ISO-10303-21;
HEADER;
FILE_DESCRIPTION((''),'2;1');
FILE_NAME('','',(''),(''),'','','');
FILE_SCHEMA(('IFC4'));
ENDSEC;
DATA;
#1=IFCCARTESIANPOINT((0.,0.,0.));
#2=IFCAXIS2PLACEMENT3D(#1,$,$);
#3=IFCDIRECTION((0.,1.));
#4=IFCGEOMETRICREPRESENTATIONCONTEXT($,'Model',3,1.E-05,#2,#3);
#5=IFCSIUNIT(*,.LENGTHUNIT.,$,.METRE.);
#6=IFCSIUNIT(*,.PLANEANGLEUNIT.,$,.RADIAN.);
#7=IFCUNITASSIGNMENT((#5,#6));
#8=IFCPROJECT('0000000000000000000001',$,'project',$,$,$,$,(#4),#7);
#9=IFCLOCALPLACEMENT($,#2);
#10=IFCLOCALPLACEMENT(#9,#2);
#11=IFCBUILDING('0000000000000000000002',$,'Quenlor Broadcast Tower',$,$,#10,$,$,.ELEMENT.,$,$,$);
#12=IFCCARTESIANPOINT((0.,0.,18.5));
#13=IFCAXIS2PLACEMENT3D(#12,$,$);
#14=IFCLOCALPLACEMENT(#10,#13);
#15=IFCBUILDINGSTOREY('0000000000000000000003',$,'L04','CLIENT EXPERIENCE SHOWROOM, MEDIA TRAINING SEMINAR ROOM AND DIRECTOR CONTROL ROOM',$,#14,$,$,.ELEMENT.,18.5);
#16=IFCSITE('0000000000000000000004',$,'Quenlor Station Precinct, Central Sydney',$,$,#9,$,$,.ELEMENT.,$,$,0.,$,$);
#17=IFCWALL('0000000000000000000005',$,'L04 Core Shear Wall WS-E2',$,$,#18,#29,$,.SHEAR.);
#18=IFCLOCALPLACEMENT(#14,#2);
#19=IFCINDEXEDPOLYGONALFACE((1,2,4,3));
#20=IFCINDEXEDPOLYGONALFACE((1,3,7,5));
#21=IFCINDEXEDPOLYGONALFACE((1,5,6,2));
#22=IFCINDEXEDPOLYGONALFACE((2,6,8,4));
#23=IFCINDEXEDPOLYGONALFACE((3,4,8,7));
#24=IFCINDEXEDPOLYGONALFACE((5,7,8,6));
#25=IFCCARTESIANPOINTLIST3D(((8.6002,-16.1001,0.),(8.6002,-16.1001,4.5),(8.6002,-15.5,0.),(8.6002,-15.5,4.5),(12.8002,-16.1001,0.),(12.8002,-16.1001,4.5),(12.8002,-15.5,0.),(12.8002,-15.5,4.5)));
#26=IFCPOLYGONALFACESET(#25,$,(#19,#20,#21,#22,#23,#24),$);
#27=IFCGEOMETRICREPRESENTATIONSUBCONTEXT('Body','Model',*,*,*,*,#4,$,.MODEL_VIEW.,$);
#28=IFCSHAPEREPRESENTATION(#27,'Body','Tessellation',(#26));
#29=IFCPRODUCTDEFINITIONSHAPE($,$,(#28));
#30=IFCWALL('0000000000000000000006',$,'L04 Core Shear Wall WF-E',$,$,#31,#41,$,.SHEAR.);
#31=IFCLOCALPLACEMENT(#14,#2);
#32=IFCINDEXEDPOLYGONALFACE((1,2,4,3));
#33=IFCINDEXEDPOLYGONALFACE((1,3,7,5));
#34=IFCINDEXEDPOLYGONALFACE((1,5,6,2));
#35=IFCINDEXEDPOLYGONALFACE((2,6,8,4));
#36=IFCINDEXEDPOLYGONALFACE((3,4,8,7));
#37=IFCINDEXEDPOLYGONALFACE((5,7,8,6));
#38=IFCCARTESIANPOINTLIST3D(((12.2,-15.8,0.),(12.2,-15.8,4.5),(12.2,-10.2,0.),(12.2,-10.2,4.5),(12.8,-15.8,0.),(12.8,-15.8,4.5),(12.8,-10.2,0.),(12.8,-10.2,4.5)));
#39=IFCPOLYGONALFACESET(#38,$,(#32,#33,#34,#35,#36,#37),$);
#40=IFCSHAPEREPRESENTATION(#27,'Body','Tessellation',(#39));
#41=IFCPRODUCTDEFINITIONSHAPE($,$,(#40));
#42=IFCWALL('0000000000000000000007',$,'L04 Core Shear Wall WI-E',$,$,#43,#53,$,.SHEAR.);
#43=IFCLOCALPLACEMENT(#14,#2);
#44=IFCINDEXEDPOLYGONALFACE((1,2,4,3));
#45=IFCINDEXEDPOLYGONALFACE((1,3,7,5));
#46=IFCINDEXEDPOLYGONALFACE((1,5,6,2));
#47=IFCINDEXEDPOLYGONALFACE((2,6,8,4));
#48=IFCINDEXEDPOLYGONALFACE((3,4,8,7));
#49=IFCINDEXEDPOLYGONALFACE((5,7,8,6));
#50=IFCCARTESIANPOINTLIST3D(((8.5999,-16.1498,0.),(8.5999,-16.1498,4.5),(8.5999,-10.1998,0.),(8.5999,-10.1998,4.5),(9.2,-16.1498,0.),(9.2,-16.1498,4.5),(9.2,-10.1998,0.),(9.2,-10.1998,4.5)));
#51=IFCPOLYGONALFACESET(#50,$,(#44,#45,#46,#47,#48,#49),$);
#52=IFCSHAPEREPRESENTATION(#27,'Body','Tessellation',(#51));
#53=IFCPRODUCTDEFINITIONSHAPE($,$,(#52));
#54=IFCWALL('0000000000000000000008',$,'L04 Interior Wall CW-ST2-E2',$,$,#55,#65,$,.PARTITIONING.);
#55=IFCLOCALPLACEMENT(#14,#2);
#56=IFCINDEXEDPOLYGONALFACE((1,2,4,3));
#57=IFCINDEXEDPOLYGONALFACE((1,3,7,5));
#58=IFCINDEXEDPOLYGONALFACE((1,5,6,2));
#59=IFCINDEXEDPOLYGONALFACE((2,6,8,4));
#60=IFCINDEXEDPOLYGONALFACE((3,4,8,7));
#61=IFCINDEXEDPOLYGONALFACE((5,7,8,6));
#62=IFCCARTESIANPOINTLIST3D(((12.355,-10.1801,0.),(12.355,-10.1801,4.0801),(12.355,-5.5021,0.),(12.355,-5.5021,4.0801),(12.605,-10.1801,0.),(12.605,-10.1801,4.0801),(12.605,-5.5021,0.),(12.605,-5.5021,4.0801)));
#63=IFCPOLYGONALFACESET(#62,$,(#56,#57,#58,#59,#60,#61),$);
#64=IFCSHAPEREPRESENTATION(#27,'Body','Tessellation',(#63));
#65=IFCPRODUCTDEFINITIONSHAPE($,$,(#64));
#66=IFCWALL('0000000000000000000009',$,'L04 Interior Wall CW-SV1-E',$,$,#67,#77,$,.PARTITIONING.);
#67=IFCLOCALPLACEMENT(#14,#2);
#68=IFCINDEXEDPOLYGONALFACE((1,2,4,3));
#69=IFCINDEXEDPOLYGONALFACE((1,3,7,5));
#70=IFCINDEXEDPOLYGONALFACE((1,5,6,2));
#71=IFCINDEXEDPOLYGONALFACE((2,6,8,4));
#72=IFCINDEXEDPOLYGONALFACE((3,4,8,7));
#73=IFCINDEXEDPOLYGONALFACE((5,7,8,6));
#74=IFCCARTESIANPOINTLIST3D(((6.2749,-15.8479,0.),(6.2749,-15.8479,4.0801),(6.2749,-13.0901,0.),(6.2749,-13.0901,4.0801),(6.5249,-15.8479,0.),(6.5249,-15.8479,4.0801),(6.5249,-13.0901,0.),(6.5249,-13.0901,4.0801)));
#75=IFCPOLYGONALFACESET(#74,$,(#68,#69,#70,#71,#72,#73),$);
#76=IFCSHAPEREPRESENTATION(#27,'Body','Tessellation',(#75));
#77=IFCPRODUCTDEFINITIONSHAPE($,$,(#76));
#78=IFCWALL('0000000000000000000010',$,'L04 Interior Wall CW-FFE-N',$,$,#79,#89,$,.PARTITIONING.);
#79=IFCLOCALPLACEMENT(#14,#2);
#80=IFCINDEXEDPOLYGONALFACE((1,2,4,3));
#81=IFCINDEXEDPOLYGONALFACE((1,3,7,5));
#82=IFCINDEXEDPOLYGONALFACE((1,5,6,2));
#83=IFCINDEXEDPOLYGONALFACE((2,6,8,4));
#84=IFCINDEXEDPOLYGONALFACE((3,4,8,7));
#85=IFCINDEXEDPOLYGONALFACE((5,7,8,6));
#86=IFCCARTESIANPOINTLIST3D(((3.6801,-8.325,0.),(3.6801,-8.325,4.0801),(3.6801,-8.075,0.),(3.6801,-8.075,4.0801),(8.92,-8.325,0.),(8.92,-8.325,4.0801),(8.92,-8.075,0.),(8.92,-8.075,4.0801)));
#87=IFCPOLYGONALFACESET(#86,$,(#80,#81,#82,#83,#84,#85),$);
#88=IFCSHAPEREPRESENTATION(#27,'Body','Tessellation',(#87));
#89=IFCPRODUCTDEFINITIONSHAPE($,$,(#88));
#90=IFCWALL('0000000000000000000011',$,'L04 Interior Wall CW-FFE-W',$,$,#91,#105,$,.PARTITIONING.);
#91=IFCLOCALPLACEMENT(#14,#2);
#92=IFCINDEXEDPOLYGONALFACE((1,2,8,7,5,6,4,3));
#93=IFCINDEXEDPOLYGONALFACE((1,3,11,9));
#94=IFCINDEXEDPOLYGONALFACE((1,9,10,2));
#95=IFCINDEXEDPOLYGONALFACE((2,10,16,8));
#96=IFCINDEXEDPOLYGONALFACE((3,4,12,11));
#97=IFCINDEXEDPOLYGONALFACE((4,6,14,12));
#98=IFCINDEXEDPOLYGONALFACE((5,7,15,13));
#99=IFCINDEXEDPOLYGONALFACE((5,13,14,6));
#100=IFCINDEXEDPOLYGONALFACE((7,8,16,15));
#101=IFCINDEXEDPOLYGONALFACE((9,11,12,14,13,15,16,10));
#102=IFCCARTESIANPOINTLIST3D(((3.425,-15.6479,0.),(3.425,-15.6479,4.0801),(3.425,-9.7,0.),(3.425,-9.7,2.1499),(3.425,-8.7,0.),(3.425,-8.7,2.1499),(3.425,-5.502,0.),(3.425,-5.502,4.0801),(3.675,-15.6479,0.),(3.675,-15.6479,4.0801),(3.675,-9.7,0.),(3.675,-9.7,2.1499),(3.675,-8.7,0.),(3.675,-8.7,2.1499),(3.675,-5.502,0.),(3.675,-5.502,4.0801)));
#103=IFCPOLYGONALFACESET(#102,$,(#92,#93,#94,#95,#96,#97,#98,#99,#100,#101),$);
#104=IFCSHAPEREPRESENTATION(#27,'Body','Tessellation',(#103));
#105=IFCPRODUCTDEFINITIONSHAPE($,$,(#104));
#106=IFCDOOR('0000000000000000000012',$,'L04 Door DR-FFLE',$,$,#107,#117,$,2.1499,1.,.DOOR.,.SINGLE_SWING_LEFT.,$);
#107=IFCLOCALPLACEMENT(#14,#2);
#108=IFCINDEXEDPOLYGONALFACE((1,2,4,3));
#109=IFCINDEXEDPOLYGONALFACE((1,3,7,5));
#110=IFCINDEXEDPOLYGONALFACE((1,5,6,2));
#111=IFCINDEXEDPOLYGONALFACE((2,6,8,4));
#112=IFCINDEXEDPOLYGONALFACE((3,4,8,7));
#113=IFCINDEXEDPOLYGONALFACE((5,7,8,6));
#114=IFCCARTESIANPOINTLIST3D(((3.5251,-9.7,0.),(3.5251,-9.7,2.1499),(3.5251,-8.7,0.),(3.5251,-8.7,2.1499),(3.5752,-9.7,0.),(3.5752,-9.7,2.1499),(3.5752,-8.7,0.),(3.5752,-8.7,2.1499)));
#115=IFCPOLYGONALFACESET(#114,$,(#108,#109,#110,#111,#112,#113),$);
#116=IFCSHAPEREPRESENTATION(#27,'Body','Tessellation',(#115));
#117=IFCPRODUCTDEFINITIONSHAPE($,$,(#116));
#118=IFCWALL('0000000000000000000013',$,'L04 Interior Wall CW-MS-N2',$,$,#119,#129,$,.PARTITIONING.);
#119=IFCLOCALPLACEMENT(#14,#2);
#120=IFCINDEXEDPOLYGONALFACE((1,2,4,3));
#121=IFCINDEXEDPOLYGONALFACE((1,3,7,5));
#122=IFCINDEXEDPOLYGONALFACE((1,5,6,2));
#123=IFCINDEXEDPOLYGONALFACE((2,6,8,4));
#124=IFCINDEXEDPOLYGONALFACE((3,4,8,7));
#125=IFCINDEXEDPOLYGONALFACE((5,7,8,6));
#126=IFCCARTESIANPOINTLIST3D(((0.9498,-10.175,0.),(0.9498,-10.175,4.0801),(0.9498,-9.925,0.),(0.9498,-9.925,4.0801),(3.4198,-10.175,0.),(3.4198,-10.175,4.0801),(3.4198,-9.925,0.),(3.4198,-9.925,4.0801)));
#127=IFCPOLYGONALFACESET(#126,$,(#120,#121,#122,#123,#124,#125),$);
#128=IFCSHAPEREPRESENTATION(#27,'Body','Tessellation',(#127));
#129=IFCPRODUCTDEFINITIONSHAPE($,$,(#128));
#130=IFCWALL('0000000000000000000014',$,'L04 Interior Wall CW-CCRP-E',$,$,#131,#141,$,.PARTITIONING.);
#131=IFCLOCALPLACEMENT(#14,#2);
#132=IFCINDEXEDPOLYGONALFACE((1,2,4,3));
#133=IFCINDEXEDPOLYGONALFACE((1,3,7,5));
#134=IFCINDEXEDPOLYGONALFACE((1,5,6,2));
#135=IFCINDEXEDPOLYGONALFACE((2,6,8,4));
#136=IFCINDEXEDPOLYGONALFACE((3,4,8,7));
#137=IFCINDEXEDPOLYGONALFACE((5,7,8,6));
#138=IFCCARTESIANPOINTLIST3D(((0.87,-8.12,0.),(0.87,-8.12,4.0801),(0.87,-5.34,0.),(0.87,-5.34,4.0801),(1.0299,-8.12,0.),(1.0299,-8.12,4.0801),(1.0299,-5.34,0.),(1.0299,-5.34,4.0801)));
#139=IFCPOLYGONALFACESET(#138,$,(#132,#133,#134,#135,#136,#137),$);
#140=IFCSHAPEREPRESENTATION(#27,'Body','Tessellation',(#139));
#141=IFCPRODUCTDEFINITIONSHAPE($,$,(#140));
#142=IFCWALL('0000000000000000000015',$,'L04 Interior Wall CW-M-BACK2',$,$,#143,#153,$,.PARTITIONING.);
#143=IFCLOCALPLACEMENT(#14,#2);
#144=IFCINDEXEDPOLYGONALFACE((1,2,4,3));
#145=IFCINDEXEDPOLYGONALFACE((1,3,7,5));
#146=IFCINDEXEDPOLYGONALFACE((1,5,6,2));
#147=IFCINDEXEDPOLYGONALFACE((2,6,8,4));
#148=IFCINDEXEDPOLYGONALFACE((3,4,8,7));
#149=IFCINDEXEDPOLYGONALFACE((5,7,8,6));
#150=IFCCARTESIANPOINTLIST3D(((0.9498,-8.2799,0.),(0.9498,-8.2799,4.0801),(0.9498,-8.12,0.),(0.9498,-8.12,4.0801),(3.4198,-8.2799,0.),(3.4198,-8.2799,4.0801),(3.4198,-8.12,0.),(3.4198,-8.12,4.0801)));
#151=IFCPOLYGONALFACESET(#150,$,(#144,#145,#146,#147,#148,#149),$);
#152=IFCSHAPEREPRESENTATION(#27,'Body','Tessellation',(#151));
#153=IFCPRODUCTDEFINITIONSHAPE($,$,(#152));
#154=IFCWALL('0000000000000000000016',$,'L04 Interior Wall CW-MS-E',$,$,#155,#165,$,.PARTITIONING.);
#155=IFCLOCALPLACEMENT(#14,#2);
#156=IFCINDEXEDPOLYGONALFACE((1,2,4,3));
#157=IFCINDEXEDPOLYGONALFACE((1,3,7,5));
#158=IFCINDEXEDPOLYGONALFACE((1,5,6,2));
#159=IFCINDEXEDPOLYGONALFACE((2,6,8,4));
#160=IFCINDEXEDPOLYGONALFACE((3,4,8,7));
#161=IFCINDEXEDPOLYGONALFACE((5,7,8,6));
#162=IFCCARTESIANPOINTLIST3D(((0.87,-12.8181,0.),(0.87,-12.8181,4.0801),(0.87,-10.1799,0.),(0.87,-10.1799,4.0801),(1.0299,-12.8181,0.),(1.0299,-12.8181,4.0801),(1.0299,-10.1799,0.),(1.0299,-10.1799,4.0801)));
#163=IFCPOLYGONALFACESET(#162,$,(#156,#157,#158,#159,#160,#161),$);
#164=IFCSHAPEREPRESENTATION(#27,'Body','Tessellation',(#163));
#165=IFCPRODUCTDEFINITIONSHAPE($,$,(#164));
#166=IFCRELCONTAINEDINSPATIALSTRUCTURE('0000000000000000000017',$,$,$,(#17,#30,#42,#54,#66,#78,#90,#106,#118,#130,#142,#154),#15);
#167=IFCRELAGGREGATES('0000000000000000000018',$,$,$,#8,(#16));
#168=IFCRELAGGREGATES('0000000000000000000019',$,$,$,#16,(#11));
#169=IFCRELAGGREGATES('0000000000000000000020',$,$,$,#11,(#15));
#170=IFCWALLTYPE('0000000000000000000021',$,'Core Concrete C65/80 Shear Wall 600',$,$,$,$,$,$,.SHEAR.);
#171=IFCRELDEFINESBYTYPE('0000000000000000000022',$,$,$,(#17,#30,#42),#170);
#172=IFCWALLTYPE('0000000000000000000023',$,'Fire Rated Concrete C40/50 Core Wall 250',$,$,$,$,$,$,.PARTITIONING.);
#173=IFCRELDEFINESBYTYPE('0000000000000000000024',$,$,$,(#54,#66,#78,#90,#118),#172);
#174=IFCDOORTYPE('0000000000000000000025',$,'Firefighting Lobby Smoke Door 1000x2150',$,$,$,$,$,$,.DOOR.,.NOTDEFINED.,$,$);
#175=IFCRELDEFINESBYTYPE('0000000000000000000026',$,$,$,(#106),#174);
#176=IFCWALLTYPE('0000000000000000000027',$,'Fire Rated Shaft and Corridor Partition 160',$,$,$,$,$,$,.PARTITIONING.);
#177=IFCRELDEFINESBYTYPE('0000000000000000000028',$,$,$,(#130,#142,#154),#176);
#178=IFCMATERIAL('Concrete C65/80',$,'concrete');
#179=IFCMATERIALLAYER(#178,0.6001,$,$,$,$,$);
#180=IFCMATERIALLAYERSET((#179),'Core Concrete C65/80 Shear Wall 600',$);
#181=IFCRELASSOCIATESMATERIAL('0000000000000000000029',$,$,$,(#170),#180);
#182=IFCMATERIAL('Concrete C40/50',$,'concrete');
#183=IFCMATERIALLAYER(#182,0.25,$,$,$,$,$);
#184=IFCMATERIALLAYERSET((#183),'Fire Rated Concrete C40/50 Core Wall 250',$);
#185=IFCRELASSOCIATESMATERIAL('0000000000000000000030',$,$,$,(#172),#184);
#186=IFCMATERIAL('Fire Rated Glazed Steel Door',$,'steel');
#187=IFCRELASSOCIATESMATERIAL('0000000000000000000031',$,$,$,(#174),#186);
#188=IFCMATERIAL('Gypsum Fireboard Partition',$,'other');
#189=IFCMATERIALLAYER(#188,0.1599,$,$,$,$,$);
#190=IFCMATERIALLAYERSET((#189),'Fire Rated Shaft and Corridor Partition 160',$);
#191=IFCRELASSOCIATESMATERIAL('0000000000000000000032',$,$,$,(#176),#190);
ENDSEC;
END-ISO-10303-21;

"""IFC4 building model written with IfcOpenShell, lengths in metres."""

from ifc_helpers import new_model, si_unit, direction, frame, frame_2d, origin, place, context, subcontext, project, spatial, rectangle, extrude, material, layer, layer_set, type_object, element, fill, save


model = new_model("IFC4")

# Units and contexts
model_context = context("Model", 3, precision=1e-05, world=origin(), true_north=direction((0.0, 1.0)))
body_context = subcontext(model_context, "Body", "Model", "MODEL_VIEW")
ifc_project = project(units=[si_unit("LENGTHUNIT", "METRE"), si_unit("PLANEANGLEUNIT", "RADIAN")], contexts=[model_context])

# Site, building, storey
site_placement = place(None, origin())
site = spatial("IfcSite", under=ifc_project, at=site_placement, Name="Quenlor Station Precinct, Central Sydney", CompositionType="ELEMENT", RefElevation=0.0)
building_placement = place(site_placement, origin())
building = spatial("IfcBuilding", under=site, at=building_placement, Name="Quenlor Broadcast Tower", CompositionType="ELEMENT")
storey_placement = place(building_placement, frame((0.0, 0.0, 18.5)))
storey = spatial("IfcBuildingStorey", under=building, at=storey_placement, Name="L04", Description="CLIENT EXPERIENCE SHOWROOM, MEDIA TRAINING SEMINAR ROOM AND DIRECTOR CONTROL ROOM", CompositionType="ELEMENT", Elevation=18.5)

# Walls
ifc_material_1 = material(Name="Concrete C65/80", Category="concrete")
ifc_layer_1 = layer(ifc_material_1, 0.6001)
ifc_layer_set_1 = layer_set([ifc_layer_1], Name="Core Concrete C65/80 Shear Wall 600")
wall_type_1 = type_object("IfcWallType", Name="Core Concrete C65/80 Shear Wall 600", PredefinedType="SHEAR", material=ifc_layer_set_1)
wall_1_placement = place(storey_placement, frame((8.6001, -15.8, 0.0), z_axis=(0.0, 0.0, 1.0), x_axis=(1.0, 0.0, 0.0)))
element("IfcWall", 1, at=wall_1_placement, inside=storey, type_object=wall_type_1, Name="L04 Core Shear Wall WS-E2", PredefinedType="SHEAR", context=body_context, shape_type="SweptSolid", body=[
    extrude(rectangle(XDim=4.2, YDim=0.6001, at=frame_2d((2.1001, 0.0))), origin(), (0.0, 0.0, 1.0), 4.5),
])
wall_2_placement = place(storey_placement, frame((12.5, -15.8, 0.0), z_axis=(0.0, 0.0, 1.0), x_axis=(0.0, 1.0, 0.0)))
element("IfcWall", 2, at=wall_2_placement, inside=storey, type_object=wall_type_1, Name="L04 Core Shear Wall WF-E", PredefinedType="SHEAR", context=body_context, shape_type="SweptSolid", body=[
    extrude(rectangle(XDim=5.6001, YDim=0.6001, at=frame_2d((2.8, 0.0))), origin(), (0.0, 0.0, 1.0), 4.5),
])
wall_3_placement = place(storey_placement, frame((8.8999, -16.1499, 0.0), z_axis=(0.0, 0.0, 1.0), x_axis=(0.0, 1.0, 0.0)))
element("IfcWall", 3, at=wall_3_placement, inside=storey, type_object=wall_type_1, Name="L04 Core Shear Wall WI-E", PredefinedType="SHEAR", context=body_context, shape_type="SweptSolid", body=[
    extrude(rectangle(XDim=5.95, YDim=0.6001, at=frame_2d((2.9751, 0.0))), origin(), (0.0, 0.0, 1.0), 4.5),
])

# Shared definitions
ifc_material_2 = material(Name="Concrete C40/50", Category="concrete")
ifc_layer_2 = layer(ifc_material_2, 0.25)
ifc_layer_set_2 = layer_set([ifc_layer_2], Name="Fire Rated Concrete C40/50 Core Wall 250")
wall_type_2 = type_object("IfcWallType", Name="Fire Rated Concrete C40/50 Core Wall 250", PredefinedType="PARTITIONING", material=ifc_layer_set_2)

# Wall
wall_4_placement = place(storey_placement, frame((12.48, -10.1799, 0.0), z_axis=(0.0, 0.0, 1.0), x_axis=(0.0, 1.0, 0.0)))
element("IfcWall", 4, at=wall_4_placement, inside=storey, type_object=wall_type_2, Name="L04 Interior Wall CW-ST2-E2", PredefinedType="PARTITIONING", context=body_context, shape_type="SweptSolid", body=[
    extrude(rectangle(XDim=4.678, YDim=0.25, at=frame_2d((2.3389, 0.0))), origin(), (0.0, 0.0, 1.0), 4.0801),
])

# Walls
wall_5_placement = place(storey_placement, frame((6.3999, -15.8479, 0.0), z_axis=(0.0, 0.0, 1.0), x_axis=(0.0, 1.0, 0.0)))
element("IfcWall", 5, at=wall_5_placement, inside=storey, type_object=wall_type_2, Name="L04 Interior Wall CW-SV1-E", PredefinedType="PARTITIONING", context=body_context, shape_type="SweptSolid", body=[
    extrude(rectangle(XDim=2.7578, YDim=0.25, at=frame_2d((1.3789, 0.0))), origin(), (0.0, 0.0, 1.0), 4.0801),
])
wall_6_placement = place(storey_placement, frame((3.6799, -8.2, 0.0), z_axis=(0.0, 0.0, 1.0), x_axis=(1.0, 0.0, 0.0)))
element("IfcWall", 6, at=wall_6_placement, inside=storey, type_object=wall_type_2, Name="L04 Interior Wall CW-FFE-N", PredefinedType="PARTITIONING", context=body_context, shape_type="SweptSolid", body=[
    extrude(rectangle(XDim=5.24, YDim=0.25, at=frame_2d((2.6201, 0.0))), origin(), (0.0, 0.0, 1.0), 4.0801),
])

# Wall, opening, door
wall_7_placement = place(storey_placement, frame((3.55, -15.6479, 0.0), z_axis=(0.0, 0.0, 1.0), x_axis=(0.0, 1.0, 0.0)))
wall_7 = element("IfcWall", 7, at=wall_7_placement, inside=storey, type_object=wall_type_2, Name="L04 Interior Wall CW-FFE-W", PredefinedType="PARTITIONING", context=body_context, shape_type="SweptSolid", body=[
    extrude(rectangle(XDim=10.146, YDim=0.25, at=frame_2d((5.073, 0.0))), origin(), (0.0, 0.0, 1.0), 4.0801),
])
opening_1_placement = place(wall_7_placement, frame((5.948, 0.0, 0.0)))
opening_1 = element("IfcOpeningElement", 8, at=opening_1_placement, cuts=wall_7, PredefinedType="OPENING", context=body_context, shape_type="SweptSolid", body=[
    extrude(rectangle(XDim=1.0, YDim=2.1499, at=frame_2d((0.5, 1.075))), frame((0.0, 0.135, 0.0), z_axis=(0.0, -1.0, 0.0), x_axis=(1.0, 0.0, 0.0)), (0.0, 0.0, 1.0), 0.27),
])
ifc_material_3 = material(Name="Fire Rated Glazed Steel Door", Category="steel")
door_type_1 = type_object("IfcDoorType", Name="Firefighting Lobby Smoke Door 1000x2150", OperationType="NOTDEFINED", PredefinedType="DOOR", material=ifc_material_3)
door_1_placement = place(opening_1_placement, origin())
door_1 = element("IfcDoor", 9, at=door_1_placement, inside=storey, type_object=door_type_1, Name="L04 Door DR-FFLE", OperationType="SINGLE_SWING_LEFT", OverallHeight=2.1499, OverallWidth=1.0, PredefinedType="DOOR", context=body_context, shape_type="SweptSolid", body=[
    extrude(rectangle(XDim=1.0, YDim=2.1499, at=frame_2d((0.5, 1.075))), frame((0.0, 0.0249, 0.0), z_axis=(0.0, -1.0, 0.0), x_axis=(1.0, 0.0, 0.0)), (0.0, 0.0, 1.0), 0.05),
])
fill(opening_1, door_1)

# Walls
wall_8_placement = place(storey_placement, frame((0.95, -10.05, 0.0), z_axis=(0.0, 0.0, 1.0), x_axis=(1.0, 0.0, 0.0)))
element("IfcWall", 10, at=wall_8_placement, inside=storey, type_object=wall_type_2, Name="L04 Interior Wall CW-MS-N2", PredefinedType="PARTITIONING", context=body_context, shape_type="SweptSolid", body=[
    extrude(rectangle(XDim=2.47, YDim=0.25, at=frame_2d((1.2349, 0.0))), origin(), (0.0, 0.0, 1.0), 4.0801),
])
ifc_material_4 = material(Name="Gypsum Fireboard Partition", Category="other")
ifc_layer_3 = layer(ifc_material_4, 0.1599)
ifc_layer_set_3 = layer_set([ifc_layer_3], Name="Fire Rated Shaft and Corridor Partition 160")
wall_type_3 = type_object("IfcWallType", Name="Fire Rated Shaft and Corridor Partition 160", PredefinedType="PARTITIONING", material=ifc_layer_set_3)
wall_9_placement = place(storey_placement, frame((0.95, -8.1201, 0.0), z_axis=(0.0, 0.0, 1.0), x_axis=(0.0, 1.0, 0.0)))
element("IfcWall", 11, at=wall_9_placement, inside=storey, type_object=wall_type_3, Name="L04 Interior Wall CW-CCRP-E", PredefinedType="PARTITIONING", context=body_context, shape_type="SweptSolid", body=[
    extrude(rectangle(XDim=2.78, YDim=0.1599, at=frame_2d((1.3901, 0.0))), origin(), (0.0, 0.0, 1.0), 4.0801),
])
wall_10_placement = place(storey_placement, frame((0.95, -8.2, 0.0), z_axis=(0.0, 0.0, 1.0), x_axis=(1.0, 0.0, 0.0)))
element("IfcWall", 12, at=wall_10_placement, inside=storey, type_object=wall_type_3, Name="L04 Interior Wall CW-M-BACK2", PredefinedType="PARTITIONING", context=body_context, shape_type="SweptSolid", body=[
    extrude(rectangle(XDim=2.47, YDim=0.1599, at=frame_2d((1.2349, 0.0))), origin(), (0.0, 0.0, 1.0), 4.0801),
])
wall_11_placement = place(storey_placement, frame((0.95, -12.8181, 0.0), z_axis=(0.0, 0.0, 1.0), x_axis=(0.0, 1.0, 0.0)))
element("IfcWall", 13, at=wall_11_placement, inside=storey, type_object=wall_type_3, Name="L04 Interior Wall CW-MS-E", PredefinedType="PARTITIONING", context=body_context, shape_type="SweptSolid", body=[
    extrude(rectangle(XDim=2.6382, YDim=0.1599, at=frame_2d((1.3191, 0.0))), origin(), (0.0, 0.0, 1.0), 4.0801),
])

save(model, "model.ifc")
